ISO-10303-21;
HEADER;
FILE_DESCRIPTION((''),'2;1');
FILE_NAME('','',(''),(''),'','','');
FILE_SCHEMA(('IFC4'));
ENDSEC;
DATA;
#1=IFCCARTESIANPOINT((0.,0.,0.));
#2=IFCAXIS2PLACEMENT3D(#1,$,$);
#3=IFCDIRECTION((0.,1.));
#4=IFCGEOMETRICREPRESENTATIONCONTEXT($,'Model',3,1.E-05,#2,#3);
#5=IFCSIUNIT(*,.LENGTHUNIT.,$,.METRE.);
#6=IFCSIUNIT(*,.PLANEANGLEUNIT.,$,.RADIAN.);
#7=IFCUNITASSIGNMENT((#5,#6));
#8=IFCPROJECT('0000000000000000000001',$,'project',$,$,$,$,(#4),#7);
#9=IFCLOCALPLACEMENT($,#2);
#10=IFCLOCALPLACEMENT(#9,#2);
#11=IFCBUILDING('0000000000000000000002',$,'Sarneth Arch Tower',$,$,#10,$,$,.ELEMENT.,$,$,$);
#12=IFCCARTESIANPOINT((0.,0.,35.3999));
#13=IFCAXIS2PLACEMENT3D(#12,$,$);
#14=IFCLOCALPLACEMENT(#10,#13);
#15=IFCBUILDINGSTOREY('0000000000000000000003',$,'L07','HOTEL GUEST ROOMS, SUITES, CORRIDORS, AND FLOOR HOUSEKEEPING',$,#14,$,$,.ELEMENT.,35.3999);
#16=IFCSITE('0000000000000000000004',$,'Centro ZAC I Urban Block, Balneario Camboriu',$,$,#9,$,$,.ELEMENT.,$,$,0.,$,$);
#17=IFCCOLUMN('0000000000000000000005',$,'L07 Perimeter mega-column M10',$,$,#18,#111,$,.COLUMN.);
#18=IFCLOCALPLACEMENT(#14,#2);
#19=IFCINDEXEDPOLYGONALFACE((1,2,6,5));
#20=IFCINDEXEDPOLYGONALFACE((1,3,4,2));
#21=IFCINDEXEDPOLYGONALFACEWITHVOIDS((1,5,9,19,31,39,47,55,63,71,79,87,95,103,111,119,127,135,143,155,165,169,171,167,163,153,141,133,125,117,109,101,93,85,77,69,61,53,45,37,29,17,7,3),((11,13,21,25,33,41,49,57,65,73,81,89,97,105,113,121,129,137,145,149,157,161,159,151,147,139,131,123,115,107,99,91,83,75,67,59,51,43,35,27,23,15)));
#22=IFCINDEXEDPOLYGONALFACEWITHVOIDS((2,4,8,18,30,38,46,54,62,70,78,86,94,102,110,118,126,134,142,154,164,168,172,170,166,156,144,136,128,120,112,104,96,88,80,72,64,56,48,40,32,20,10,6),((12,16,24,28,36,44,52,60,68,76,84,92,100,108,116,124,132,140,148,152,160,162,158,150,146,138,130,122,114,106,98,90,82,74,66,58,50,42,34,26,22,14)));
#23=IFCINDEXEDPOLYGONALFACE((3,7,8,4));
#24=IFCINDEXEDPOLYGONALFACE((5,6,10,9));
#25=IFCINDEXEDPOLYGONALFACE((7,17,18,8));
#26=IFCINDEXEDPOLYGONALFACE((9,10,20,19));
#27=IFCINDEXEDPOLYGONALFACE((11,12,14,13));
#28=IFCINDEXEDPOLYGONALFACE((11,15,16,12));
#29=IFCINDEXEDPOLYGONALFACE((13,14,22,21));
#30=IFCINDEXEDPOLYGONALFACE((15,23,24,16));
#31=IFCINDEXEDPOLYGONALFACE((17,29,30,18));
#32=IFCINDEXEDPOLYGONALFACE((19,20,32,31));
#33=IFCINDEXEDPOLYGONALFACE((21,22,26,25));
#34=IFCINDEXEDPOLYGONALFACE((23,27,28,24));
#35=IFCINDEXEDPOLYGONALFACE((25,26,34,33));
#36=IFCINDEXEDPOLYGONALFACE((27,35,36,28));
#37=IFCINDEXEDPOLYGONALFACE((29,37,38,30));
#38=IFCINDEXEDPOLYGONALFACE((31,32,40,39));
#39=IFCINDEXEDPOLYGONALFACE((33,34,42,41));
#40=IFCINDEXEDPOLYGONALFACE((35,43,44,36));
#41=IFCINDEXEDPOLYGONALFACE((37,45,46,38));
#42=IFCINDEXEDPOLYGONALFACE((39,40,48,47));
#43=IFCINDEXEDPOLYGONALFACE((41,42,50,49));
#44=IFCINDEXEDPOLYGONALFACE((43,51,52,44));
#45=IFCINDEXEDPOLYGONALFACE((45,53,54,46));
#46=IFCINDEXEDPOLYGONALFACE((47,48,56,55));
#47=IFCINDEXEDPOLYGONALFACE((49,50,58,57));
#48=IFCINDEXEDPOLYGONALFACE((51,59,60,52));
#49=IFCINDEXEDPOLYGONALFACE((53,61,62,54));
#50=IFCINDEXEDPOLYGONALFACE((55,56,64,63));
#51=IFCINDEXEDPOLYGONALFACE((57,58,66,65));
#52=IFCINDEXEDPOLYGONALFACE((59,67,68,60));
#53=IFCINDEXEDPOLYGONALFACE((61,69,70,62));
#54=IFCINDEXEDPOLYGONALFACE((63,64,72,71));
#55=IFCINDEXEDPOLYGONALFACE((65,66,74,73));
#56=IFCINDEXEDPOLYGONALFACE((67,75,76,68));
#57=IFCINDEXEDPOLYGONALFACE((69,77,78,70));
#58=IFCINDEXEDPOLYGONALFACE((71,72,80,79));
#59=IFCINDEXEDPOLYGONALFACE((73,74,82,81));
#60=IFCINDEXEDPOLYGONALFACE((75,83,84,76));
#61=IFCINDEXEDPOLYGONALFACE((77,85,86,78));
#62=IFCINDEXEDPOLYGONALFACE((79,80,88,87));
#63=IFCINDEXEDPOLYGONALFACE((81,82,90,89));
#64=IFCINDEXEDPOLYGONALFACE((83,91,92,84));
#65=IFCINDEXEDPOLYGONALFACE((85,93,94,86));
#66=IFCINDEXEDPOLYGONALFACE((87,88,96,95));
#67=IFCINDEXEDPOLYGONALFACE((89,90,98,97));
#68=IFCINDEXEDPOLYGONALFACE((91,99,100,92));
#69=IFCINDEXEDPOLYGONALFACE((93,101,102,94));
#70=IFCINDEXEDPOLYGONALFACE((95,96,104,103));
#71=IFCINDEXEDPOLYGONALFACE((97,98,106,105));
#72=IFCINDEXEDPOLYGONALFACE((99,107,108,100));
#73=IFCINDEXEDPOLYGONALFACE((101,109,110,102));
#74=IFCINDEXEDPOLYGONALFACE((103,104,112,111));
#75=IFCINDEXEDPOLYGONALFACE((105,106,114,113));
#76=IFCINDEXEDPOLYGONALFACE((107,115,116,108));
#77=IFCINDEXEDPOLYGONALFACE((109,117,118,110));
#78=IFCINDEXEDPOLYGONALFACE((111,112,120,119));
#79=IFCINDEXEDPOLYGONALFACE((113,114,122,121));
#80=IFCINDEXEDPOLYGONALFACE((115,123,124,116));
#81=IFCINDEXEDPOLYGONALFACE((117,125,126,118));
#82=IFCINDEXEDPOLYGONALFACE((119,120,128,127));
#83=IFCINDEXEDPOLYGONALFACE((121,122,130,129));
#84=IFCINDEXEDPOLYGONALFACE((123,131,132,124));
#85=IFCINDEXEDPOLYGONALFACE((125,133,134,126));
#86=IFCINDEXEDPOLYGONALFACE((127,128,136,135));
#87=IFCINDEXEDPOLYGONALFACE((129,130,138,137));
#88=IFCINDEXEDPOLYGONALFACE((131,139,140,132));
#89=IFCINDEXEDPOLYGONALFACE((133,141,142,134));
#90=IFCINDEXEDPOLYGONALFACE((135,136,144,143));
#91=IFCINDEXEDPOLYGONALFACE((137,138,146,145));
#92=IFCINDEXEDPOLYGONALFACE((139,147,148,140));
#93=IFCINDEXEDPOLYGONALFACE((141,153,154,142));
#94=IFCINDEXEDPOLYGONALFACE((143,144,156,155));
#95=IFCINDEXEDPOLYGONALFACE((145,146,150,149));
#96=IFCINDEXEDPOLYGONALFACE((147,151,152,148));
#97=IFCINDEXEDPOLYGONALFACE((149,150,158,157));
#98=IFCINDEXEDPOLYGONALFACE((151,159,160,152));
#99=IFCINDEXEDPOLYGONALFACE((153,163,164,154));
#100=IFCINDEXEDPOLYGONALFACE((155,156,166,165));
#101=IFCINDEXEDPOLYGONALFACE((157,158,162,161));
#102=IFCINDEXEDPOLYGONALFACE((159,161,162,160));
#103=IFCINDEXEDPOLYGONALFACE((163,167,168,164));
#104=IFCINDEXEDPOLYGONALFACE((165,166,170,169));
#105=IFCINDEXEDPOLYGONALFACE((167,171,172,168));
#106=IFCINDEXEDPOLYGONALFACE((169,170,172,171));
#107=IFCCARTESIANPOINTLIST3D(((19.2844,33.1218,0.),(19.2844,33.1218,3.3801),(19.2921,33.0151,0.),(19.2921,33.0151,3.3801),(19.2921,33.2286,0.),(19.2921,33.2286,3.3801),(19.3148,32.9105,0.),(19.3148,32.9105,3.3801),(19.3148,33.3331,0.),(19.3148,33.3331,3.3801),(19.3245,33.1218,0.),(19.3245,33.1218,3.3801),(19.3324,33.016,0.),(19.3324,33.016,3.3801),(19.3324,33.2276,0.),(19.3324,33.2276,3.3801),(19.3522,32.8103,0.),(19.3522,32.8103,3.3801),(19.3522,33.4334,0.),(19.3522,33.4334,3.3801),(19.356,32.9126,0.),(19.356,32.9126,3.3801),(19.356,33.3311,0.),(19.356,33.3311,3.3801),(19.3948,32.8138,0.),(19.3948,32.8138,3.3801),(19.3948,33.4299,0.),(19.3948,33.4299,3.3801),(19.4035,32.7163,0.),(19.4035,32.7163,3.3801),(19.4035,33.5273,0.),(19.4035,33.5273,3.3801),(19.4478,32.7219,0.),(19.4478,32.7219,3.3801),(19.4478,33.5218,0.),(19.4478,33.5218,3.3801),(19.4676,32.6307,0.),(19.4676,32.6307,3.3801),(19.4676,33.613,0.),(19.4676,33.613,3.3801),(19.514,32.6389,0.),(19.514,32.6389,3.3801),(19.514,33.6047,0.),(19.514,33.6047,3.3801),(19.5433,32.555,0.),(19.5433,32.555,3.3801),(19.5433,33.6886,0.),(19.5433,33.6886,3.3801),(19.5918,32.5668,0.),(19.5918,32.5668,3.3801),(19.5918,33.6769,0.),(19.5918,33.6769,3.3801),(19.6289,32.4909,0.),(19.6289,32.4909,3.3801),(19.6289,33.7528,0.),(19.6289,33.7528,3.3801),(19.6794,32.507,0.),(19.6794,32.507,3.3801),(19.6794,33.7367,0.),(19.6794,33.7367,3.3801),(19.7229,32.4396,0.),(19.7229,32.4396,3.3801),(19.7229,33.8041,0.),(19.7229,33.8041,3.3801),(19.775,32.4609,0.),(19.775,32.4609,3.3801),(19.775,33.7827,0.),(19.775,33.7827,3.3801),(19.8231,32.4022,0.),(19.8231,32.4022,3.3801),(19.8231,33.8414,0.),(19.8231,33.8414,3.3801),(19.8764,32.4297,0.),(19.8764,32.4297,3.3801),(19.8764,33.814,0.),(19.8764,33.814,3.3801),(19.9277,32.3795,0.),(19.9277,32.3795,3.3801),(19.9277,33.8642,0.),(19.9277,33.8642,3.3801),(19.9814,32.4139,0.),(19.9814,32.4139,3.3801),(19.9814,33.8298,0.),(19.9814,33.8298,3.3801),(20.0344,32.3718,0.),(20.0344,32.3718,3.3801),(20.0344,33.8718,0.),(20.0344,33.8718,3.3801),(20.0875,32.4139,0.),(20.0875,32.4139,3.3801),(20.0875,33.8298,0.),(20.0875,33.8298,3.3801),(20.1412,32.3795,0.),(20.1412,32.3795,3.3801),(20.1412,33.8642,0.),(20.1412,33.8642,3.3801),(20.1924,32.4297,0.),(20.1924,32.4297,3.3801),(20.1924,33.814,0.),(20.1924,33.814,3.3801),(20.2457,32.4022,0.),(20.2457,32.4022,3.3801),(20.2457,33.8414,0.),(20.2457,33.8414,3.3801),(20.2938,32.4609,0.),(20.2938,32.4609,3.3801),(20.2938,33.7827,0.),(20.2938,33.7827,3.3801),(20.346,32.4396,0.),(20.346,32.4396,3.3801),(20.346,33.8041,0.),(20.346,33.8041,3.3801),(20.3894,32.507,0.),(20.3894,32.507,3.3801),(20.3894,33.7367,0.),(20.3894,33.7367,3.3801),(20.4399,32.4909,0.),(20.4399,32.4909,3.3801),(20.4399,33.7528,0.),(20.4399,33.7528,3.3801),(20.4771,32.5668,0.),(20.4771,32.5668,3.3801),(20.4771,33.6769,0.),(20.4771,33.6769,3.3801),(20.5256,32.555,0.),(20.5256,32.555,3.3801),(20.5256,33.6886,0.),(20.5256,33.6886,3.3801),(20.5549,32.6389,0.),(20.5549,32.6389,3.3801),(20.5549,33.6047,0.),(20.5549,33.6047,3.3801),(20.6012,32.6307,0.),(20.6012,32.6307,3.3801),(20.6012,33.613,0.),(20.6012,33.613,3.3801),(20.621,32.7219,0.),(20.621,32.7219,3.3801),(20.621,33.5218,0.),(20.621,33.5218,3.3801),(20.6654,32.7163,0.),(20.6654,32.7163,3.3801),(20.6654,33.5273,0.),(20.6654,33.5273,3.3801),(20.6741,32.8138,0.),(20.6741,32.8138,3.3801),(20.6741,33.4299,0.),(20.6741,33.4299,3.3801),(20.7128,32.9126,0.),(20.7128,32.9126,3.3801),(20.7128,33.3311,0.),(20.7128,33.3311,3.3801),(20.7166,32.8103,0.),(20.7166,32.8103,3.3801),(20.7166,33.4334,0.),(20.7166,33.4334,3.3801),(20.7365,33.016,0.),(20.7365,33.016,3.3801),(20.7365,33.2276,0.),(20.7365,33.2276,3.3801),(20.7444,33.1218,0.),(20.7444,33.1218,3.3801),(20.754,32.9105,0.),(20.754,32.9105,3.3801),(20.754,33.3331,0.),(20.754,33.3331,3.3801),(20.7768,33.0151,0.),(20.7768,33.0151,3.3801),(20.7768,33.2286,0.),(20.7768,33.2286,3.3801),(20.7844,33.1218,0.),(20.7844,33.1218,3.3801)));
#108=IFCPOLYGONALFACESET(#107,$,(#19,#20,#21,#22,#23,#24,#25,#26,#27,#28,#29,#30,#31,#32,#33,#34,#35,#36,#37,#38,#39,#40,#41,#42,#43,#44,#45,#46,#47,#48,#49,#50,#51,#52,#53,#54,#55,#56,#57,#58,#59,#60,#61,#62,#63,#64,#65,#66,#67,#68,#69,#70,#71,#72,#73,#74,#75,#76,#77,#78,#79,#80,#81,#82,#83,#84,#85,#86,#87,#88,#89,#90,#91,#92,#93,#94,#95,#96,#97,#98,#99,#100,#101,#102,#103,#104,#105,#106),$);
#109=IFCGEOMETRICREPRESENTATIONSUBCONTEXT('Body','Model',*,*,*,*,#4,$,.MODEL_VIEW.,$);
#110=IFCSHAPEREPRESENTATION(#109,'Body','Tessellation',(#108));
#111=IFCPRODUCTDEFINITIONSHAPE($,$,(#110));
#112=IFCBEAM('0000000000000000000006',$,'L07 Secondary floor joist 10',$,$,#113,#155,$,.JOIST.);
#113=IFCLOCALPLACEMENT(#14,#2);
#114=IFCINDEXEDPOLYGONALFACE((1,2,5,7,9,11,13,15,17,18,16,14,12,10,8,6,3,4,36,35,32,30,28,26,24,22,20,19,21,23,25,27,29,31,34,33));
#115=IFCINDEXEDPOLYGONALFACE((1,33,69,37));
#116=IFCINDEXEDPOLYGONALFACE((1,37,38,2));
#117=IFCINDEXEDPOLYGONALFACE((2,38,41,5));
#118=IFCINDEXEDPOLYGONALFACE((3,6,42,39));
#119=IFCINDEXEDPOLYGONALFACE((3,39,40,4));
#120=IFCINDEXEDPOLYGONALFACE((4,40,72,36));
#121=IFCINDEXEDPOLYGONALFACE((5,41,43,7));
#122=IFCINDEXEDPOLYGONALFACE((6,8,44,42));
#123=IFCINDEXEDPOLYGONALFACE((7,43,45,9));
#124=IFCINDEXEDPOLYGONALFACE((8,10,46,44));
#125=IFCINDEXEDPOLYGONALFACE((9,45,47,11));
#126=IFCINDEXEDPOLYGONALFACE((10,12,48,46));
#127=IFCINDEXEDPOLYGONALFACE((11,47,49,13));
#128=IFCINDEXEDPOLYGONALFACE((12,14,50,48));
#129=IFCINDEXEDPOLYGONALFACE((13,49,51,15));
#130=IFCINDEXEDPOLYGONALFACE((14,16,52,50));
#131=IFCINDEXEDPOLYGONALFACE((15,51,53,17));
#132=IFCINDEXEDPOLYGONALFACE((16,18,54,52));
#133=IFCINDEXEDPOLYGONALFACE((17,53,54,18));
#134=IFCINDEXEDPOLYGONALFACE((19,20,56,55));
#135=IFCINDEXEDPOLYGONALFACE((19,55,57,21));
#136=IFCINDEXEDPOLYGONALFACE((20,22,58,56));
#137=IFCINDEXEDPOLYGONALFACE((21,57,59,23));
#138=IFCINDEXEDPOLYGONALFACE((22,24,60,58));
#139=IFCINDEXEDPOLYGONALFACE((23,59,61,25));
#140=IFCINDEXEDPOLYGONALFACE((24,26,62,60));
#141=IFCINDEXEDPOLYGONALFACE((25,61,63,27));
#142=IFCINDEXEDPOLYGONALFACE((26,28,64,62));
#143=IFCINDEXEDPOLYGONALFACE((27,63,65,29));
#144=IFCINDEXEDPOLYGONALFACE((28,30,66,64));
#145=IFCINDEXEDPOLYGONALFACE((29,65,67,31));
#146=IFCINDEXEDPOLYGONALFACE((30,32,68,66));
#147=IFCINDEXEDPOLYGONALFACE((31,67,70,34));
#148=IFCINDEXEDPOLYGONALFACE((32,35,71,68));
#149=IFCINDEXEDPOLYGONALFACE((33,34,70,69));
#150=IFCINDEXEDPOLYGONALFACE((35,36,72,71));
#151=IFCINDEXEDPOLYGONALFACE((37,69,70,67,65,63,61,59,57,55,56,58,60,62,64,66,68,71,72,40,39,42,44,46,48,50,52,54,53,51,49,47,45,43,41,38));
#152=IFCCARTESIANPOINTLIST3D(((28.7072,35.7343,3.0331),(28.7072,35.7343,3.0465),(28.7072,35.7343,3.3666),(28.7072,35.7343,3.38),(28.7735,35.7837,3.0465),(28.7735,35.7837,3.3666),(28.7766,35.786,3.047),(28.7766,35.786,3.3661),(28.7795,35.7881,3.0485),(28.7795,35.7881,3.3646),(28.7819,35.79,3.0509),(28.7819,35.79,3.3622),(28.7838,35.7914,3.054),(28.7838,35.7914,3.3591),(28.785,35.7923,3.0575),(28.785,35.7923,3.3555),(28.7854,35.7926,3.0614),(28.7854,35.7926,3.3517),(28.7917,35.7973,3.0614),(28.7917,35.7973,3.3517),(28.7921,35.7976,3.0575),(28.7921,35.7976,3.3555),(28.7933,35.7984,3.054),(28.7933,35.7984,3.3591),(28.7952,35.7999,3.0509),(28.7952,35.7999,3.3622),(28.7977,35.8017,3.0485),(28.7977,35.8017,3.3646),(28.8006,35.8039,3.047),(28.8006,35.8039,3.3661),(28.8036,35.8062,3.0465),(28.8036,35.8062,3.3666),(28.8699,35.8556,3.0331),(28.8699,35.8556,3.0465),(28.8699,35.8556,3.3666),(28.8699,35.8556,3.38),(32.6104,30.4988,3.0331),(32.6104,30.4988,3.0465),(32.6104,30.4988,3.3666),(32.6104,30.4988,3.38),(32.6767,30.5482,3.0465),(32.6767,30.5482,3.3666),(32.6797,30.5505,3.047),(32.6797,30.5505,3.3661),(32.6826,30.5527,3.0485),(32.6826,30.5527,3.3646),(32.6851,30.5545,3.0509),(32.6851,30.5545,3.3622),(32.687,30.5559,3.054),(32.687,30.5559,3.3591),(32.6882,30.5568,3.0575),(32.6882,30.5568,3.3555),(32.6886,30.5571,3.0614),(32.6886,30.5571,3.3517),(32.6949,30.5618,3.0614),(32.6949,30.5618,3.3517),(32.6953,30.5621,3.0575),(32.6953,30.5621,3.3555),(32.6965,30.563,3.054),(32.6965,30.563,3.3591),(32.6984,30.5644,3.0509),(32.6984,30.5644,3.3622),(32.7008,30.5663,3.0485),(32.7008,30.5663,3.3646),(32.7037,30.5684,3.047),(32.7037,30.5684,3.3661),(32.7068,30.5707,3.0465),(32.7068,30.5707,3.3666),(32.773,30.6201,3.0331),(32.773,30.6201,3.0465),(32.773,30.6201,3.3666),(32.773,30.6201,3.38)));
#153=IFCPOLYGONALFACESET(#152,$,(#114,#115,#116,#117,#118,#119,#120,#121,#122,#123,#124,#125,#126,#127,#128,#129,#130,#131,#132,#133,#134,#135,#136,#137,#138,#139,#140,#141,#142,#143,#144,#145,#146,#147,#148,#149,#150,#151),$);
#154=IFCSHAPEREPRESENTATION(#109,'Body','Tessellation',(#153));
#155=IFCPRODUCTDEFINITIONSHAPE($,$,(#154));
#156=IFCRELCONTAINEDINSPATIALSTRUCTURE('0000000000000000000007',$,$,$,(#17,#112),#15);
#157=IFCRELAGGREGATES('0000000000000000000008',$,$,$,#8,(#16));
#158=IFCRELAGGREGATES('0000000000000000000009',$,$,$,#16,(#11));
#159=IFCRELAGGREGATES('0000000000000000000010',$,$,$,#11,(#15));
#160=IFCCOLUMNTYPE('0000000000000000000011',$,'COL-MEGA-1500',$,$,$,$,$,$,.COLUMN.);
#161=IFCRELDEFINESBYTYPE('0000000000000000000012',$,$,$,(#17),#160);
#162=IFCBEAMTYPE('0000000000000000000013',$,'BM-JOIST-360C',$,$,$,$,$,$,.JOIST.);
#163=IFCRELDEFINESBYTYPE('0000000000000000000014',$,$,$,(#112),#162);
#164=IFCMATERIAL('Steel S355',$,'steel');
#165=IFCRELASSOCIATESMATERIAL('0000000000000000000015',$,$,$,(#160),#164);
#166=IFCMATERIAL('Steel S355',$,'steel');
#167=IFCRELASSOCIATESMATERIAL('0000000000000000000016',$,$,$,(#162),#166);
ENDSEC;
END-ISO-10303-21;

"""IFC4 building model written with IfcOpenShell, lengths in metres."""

from ifc_helpers import new_model, si_unit, direction, frame, origin, origin_2d, place, context, subcontext, project, spatial, hollow_circle, i_section, extrude, material, material_profile, profile_set, type_object, element, save


model = new_model("IFC4")

# Units and contexts
model_context = context("Model", 3, precision=1e-05, world=origin(), true_north=direction((0.0, 1.0)))
body_context = subcontext(model_context, "Body", "Model", "MODEL_VIEW")
ifc_project = project(units=[si_unit("LENGTHUNIT", "METRE"), si_unit("PLANEANGLEUNIT", "RADIAN")], contexts=[model_context])

# Site, building, storey
site_placement = place(None, origin())
site = spatial("IfcSite", under=ifc_project, at=site_placement, Name="Centro ZAC I Urban Block, Balneario Camboriu", CompositionType="ELEMENT", RefElevation=0.0)
building_placement = place(site_placement, origin())
building = spatial("IfcBuilding", under=site, at=building_placement, Name="Sarneth Arch Tower", CompositionType="ELEMENT")
storey_placement = place(building_placement, frame((0.0, 0.0, 35.3999)))
storey = spatial("IfcBuildingStorey", under=building, at=storey_placement, Name="L07", Description="HOTEL GUEST ROOMS, SUITES, CORRIDORS, AND FLOOR HOUSEKEEPING", CompositionType="ELEMENT", Elevation=35.3999)

# Column
ifc_material_1 = material(Name="Steel S355", Category="steel")
ifc_material_profile_1 = material_profile(ifc_material_1, hollow_circle(Radius=0.75, WallThickness=0.04, at=origin_2d()), Name="CHS1500x40")
ifc_profile_set_1 = profile_set([ifc_material_profile_1], Name="Steel S355")
column_type = type_object("IfcColumnType", Name="COL-MEGA-1500", PredefinedType="COLUMN", material=ifc_profile_set_1)
column_placement = place(storey_placement, frame((20.0344, 33.1218, 0.0), z_axis=(0.0, 0.0, 1.0), x_axis=(1.0, 0.0, 0.0)))
element("IfcColumn", 1, at=column_placement, inside=storey, type_object=column_type, Name="L07 Perimeter mega-column M10", PredefinedType="COLUMN", context=body_context, shape_type="SweptSolid", body=[
    extrude(hollow_circle(Radius=0.75, WallThickness=0.04, at=origin_2d()), origin(), (0.0, 0.0, 1.0), 3.3801),
])

# Beam
ifc_material_2 = material(Name="Steel S355", Category="steel")
ifc_material_profile_2 = material_profile(ifc_material_2, i_section(OverallWidth=0.2029, OverallDepth=0.3469, WebThickness=0.0078, FlangeThickness=0.0134, FilletRadius=0.0149, at=origin_2d()), Name="W360x64")
ifc_profile_set_2 = profile_set([ifc_material_profile_2], Name="Steel S355")
beam_type_1 = type_object("IfcBeamType", Name="BM-JOIST-360C", PredefinedType="JOIST", material=ifc_profile_set_2)
beam_1_placement = place(storey_placement, frame((28.7886, 35.7949, 3.2065), z_axis=(0.5977, -0.801719, 0.0), x_axis=(0.801719, 0.5977, 0.0)))
element("IfcBeam", 2, at=beam_1_placement, inside=storey, type_object=beam_type_1, Name="L07 Secondary floor joist 10", PredefinedType="JOIST", context=body_context, shape_type="SweptSolid", body=[
    extrude(i_section(OverallWidth=0.2029, OverallDepth=0.3469, WebThickness=0.0078, FlangeThickness=0.0134, FilletRadius=0.0149, at=origin_2d()), origin(), (0.0, 0.0, 1.0), 6.5303),
])

save(model, "model.ifc")
